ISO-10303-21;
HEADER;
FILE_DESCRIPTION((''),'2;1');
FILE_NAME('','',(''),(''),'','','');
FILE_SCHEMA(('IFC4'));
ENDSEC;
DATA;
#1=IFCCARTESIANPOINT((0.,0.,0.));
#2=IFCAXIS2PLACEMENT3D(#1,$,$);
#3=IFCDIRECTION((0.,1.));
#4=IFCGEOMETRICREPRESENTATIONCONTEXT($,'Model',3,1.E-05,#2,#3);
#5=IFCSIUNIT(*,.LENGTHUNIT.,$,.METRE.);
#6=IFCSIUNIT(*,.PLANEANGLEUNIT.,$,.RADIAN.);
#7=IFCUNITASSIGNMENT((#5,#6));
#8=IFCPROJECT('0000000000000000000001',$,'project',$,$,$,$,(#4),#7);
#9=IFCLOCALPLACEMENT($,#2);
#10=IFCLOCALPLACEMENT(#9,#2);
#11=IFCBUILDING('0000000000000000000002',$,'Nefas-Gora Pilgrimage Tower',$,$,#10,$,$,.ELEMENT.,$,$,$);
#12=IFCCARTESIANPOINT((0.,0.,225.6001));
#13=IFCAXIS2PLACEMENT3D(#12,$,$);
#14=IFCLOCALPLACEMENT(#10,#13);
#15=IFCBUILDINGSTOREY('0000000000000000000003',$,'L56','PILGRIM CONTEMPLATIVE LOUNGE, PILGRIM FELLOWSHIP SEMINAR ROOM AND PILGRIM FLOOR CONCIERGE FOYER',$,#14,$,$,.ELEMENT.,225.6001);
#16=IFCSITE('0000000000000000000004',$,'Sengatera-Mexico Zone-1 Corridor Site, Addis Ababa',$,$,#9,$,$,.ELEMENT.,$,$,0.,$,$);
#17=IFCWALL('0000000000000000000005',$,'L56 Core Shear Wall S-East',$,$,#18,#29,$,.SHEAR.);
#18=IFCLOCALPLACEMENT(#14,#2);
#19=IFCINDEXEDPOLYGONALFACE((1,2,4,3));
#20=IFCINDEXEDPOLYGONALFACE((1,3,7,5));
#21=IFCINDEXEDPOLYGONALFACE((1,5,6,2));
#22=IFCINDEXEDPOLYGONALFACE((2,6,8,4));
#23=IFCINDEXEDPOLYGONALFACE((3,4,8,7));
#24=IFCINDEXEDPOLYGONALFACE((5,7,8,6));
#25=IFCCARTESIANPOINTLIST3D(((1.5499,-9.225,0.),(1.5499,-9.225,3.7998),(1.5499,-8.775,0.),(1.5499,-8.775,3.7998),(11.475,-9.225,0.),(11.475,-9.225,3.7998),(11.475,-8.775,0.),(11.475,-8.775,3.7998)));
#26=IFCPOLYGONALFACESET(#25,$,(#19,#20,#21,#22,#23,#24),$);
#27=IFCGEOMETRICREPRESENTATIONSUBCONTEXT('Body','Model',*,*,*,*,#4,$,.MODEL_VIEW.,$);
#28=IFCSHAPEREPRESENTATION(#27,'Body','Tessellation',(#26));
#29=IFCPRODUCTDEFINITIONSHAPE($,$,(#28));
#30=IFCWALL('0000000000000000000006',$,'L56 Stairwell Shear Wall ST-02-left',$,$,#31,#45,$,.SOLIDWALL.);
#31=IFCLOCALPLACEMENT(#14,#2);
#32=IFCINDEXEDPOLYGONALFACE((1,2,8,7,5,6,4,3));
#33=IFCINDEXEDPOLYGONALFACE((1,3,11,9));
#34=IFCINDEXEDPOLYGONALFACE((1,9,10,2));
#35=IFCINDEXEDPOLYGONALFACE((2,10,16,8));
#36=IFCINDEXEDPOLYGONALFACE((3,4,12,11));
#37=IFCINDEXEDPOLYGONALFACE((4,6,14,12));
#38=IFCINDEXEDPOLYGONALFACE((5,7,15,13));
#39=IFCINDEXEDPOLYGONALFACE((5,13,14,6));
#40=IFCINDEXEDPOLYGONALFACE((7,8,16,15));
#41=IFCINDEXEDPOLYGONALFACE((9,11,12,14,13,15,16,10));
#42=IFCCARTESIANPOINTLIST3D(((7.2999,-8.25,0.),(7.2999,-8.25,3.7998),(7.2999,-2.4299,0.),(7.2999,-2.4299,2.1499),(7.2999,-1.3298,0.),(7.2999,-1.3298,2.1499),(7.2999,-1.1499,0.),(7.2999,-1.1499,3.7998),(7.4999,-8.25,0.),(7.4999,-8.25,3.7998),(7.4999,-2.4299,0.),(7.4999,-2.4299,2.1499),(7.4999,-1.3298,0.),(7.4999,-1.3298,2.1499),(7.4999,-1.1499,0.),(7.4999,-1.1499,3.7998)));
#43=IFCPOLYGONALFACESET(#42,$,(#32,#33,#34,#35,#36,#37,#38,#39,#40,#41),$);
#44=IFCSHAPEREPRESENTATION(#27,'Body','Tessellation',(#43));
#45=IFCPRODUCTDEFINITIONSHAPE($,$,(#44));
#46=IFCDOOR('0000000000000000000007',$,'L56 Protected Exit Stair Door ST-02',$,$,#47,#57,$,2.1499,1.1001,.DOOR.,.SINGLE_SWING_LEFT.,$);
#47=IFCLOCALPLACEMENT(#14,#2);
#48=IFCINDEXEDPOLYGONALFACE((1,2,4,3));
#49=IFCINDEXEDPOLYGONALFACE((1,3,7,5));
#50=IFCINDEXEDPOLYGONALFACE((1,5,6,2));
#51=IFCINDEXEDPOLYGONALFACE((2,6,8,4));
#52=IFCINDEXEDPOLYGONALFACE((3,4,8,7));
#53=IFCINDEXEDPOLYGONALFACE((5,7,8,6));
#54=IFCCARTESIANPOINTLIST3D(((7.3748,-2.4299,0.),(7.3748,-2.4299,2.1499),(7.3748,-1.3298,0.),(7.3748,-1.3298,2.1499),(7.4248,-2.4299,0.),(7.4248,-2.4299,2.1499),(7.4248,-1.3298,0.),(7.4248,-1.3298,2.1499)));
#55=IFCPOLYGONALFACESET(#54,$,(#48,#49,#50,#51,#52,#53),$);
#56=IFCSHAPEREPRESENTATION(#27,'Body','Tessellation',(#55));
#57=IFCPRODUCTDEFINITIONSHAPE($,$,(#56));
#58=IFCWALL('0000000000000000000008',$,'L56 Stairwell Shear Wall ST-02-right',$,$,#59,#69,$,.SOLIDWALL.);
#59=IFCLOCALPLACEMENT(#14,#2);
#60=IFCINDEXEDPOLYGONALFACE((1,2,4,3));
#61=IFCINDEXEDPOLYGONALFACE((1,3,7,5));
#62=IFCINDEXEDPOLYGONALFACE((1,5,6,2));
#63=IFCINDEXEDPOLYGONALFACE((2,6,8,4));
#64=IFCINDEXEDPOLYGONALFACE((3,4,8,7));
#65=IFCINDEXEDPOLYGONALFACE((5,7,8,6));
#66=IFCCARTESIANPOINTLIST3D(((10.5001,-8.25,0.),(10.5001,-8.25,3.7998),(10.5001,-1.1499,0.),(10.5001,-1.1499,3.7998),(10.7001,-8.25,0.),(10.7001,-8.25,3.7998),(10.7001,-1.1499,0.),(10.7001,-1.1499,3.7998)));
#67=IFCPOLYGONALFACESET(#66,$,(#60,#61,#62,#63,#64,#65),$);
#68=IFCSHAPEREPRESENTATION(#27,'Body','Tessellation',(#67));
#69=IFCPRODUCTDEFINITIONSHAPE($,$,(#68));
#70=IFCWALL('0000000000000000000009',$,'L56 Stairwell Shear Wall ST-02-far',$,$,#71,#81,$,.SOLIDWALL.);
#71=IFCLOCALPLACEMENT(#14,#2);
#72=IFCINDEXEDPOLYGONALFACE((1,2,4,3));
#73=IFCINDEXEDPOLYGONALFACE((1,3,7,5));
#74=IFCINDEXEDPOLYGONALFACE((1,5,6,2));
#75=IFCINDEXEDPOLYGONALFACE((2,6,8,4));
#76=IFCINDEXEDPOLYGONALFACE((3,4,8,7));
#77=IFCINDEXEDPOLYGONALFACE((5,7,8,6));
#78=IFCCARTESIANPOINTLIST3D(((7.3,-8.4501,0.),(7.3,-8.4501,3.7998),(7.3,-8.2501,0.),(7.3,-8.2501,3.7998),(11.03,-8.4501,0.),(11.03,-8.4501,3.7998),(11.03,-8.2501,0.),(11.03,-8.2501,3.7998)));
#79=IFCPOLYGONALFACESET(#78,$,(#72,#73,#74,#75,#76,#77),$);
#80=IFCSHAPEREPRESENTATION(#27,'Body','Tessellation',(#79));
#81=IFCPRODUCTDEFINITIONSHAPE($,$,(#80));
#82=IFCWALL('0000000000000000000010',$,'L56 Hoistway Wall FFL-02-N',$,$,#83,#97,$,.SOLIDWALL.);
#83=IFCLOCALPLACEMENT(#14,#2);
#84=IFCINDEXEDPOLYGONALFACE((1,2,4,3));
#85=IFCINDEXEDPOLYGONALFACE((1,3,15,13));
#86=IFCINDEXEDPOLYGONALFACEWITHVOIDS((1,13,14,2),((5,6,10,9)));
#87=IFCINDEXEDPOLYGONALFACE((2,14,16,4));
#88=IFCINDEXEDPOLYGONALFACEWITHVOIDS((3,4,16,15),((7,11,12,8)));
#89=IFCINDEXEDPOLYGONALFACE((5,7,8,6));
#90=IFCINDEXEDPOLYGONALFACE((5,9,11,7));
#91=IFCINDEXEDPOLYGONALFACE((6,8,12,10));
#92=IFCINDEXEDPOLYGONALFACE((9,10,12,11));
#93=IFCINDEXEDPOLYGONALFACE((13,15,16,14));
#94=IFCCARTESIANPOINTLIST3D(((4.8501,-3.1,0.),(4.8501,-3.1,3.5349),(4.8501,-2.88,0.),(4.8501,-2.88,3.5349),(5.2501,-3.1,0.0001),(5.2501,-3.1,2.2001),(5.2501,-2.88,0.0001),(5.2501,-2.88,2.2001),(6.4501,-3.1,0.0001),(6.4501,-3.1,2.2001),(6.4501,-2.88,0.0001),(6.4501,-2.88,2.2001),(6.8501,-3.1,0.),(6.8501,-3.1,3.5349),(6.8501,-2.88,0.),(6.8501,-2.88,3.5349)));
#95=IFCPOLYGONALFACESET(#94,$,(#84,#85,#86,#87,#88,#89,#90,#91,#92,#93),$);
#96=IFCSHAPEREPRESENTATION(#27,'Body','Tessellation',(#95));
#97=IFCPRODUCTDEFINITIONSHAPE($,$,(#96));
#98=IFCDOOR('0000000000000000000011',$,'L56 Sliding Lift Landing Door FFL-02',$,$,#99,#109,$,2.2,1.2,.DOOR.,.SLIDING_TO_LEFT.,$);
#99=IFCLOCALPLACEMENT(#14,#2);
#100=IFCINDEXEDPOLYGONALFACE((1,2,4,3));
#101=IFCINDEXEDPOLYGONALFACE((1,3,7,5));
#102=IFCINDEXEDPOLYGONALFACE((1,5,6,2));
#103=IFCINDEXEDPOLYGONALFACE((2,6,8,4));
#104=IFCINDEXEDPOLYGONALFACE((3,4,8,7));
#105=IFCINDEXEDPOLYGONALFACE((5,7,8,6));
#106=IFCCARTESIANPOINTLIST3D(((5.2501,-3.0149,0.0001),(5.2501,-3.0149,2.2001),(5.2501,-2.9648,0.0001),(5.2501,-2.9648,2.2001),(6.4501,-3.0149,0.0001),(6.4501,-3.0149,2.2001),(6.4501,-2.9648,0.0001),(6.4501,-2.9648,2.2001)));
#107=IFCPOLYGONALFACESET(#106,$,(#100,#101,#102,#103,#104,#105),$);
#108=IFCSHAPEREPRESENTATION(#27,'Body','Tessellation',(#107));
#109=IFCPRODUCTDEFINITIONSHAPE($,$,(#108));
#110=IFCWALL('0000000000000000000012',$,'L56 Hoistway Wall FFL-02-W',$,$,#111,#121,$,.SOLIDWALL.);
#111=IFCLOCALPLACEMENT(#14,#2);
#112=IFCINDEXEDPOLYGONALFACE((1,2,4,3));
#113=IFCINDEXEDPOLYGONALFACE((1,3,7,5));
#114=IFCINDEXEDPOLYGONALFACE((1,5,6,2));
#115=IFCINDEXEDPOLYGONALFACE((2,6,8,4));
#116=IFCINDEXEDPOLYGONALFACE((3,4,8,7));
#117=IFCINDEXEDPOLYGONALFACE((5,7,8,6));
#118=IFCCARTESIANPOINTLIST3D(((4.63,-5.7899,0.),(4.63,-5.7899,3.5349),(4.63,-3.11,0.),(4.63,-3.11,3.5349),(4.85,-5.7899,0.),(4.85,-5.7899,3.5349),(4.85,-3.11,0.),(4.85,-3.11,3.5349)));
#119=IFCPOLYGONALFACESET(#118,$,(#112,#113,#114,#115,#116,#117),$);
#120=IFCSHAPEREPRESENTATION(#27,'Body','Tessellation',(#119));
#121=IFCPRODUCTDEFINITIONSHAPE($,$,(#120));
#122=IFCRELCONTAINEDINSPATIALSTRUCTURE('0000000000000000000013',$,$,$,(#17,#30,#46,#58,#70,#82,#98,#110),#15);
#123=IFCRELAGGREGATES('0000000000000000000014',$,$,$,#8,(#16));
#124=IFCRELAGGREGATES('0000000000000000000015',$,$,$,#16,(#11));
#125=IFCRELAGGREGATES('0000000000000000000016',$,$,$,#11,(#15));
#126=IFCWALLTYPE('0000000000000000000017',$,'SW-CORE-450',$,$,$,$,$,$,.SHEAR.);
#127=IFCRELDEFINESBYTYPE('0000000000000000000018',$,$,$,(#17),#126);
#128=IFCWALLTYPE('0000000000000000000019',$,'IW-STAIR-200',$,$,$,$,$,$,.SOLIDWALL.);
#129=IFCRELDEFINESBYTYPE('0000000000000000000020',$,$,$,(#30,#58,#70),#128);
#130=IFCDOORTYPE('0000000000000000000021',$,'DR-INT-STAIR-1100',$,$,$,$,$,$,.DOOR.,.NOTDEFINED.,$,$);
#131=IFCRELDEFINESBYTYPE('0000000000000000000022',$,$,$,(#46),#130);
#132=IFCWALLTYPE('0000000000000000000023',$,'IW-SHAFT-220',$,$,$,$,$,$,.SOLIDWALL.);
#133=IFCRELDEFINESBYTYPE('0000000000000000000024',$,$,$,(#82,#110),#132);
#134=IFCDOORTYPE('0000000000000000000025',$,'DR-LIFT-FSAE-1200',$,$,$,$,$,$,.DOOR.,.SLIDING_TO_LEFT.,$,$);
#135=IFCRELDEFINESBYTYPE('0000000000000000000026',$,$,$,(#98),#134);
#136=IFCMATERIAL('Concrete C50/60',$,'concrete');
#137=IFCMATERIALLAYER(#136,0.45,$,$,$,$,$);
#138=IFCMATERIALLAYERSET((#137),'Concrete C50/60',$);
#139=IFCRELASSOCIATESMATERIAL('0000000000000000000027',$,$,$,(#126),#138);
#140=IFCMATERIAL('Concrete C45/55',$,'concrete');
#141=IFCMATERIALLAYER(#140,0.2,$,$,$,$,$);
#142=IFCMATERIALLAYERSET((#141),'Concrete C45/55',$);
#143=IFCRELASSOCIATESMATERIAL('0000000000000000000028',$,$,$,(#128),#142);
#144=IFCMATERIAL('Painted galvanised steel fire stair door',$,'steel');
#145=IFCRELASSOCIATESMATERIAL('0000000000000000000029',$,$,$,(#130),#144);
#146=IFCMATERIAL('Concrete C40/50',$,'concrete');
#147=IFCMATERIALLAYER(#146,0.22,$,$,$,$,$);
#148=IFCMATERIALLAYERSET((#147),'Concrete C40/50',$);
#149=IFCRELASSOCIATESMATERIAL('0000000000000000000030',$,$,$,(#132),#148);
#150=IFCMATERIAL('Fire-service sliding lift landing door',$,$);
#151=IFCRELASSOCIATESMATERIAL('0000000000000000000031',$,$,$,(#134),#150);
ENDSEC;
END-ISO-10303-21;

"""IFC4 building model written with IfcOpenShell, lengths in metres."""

from ifc_helpers import new_model, si_unit, direction, frame, frame_2d, origin, place, context, subcontext, project, spatial, rectangle, extrude, source, transform, mapped, material, layer, layer_set, type_object, element, fill, save


model = new_model("IFC4")

# Units and contexts
model_context = context("Model", 3, precision=1e-05, world=origin(), true_north=direction((0.0, 1.0)))
body_context = subcontext(model_context, "Body", "Model", "MODEL_VIEW")
ifc_project = project(units=[si_unit("LENGTHUNIT", "METRE"), si_unit("PLANEANGLEUNIT", "RADIAN")], contexts=[model_context])

# Site, building, storey
site_placement = place(None, origin())
site = spatial("IfcSite", under=ifc_project, at=site_placement, Name="Sengatera-Mexico Zone-1 Corridor Site, Addis Ababa", CompositionType="ELEMENT", RefElevation=0.0)
building_placement = place(site_placement, origin())
building = spatial("IfcBuilding", under=site, at=building_placement, Name="Nefas-Gora Pilgrimage Tower", CompositionType="ELEMENT")
storey_placement = place(building_placement, frame((0.0, 0.0, 225.6001)))
storey = spatial("IfcBuildingStorey", under=building, at=storey_placement, Name="L56", Description="PILGRIM CONTEMPLATIVE LOUNGE, PILGRIM FELLOWSHIP SEMINAR ROOM AND PILGRIM FLOOR CONCIERGE FOYER", CompositionType="ELEMENT", Elevation=225.6001)

# Wall
ifc_material_1 = material(Name="Concrete C50/60", Category="concrete")
ifc_layer_1 = layer(ifc_material_1, 0.45)
ifc_layer_set_1 = layer_set([ifc_layer_1], Name="Concrete C50/60")
wall_type_1 = type_object("IfcWallType", Name="SW-CORE-450", PredefinedType="SHEAR", material=ifc_layer_set_1)
shared_shape_1 = source(origin(), body_context, "Body", "SweptSolid", [
    extrude(rectangle(XDim=9.925, YDim=0.45, at=frame_2d((4.9624, 0.0))), origin(), (0.0, 0.0, 1.0), 3.7998),
])
wall_1_placement = place(storey_placement, frame((1.55, -9.0, 0.0), z_axis=(0.0, 0.0, 1.0), x_axis=(1.0, 0.0, 0.0)))
element("IfcWall", 1, at=wall_1_placement, inside=storey, type_object=wall_type_1, Name="L56 Core Shear Wall S-East", PredefinedType="SHEAR", context=body_context, shape_type="MappedRepresentation", body=[
    mapped(shared_shape_1, transform((0.0, 0.0, 0.0), x_axis=(1.0, 0.0, 0.0), y_axis=(0.0, 1.0, 0.0), z_axis=(0.0, 0.0, 1.0), scale=1.0)),
])

# Wall, opening, door
ifc_material_2 = material(Name="Concrete C45/55", Category="concrete")
ifc_layer_2 = layer(ifc_material_2, 0.2)
ifc_layer_set_2 = layer_set([ifc_layer_2], Name="Concrete C45/55")
wall_type_2 = type_object("IfcWallType", Name="IW-STAIR-200", PredefinedType="SOLIDWALL", material=ifc_layer_set_2)
shared_shape_2 = source(origin(), body_context, "Body", "SweptSolid", [
    extrude(rectangle(XDim=7.1001, YDim=0.2, at=frame_2d((3.55, 0.0))), origin(), (0.0, 0.0, 1.0), 3.7998),
])
wall_2_placement = place(storey_placement, frame((7.3999, -1.1499, 0.0), z_axis=(0.0, 0.0, 1.0), x_axis=(0.0, -1.0, 0.0)))
wall_2 = element("IfcWall", 2, at=wall_2_placement, inside=storey, type_object=wall_type_2, Name="L56 Stairwell Shear Wall ST-02-left", PredefinedType="SOLIDWALL", context=body_context, shape_type="MappedRepresentation", body=[
    mapped(shared_shape_2, transform((0.0, 0.0, 0.0), x_axis=(1.0, 0.0, 0.0), y_axis=(0.0, 1.0, 0.0), z_axis=(0.0, 0.0, 1.0), scale=1.0)),
])
opening_1_placement = place(wall_2_placement, frame((0.1799, 0.0, 0.0)))
opening_1 = element("IfcOpeningElement", 3, at=opening_1_placement, cuts=wall_2, PredefinedType="OPENING", context=body_context, shape_type="SweptSolid", body=[
    extrude(rectangle(XDim=1.1001, YDim=2.1499, at=frame_2d((0.55, 1.075))), frame((0.0, 0.1099, 0.0), z_axis=(0.0, -1.0, 0.0), x_axis=(1.0, 0.0, 0.0)), (0.0, 0.0, 1.0), 0.22),
])
ifc_material_3 = material(Name="Painted galvanised steel fire stair door", Category="steel")
door_type_1 = type_object("IfcDoorType", Name="DR-INT-STAIR-1100", OperationType="NOTDEFINED", PredefinedType="DOOR", material=ifc_material_3)
shared_shape_3 = source(origin(), body_context, "Body", "SweptSolid", [
    extrude(rectangle(XDim=1.1001, YDim=2.1499, at=frame_2d((0.55, 1.075))), frame((0.0, 0.0249, 0.0), z_axis=(0.0, -1.0, 0.0), x_axis=(1.0, 0.0, 0.0)), (0.0, 0.0, 1.0), 0.05),
])
door_1_placement = place(opening_1_placement, origin())
door_1 = element("IfcDoor", 4, at=door_1_placement, inside=storey, type_object=door_type_1, Name="L56 Protected Exit Stair Door ST-02", OperationType="SINGLE_SWING_LEFT", OverallHeight=2.1499, OverallWidth=1.1001, PredefinedType="DOOR", context=body_context, shape_type="MappedRepresentation", body=[
    mapped(shared_shape_3, transform((0.0, 0.0, 0.0), x_axis=(1.0, 0.0, 0.0), y_axis=(0.0, 1.0, 0.0), z_axis=(0.0, 0.0, 1.0), scale=1.0)),
])
fill(opening_1, door_1)

# Walls
wall_3_placement = place(storey_placement, frame((10.6001, -1.1499, 0.0), z_axis=(0.0, 0.0, 1.0), x_axis=(0.0, -1.0, 0.0)))
element("IfcWall", 5, at=wall_3_placement, inside=storey, type_object=wall_type_2, Name="L56 Stairwell Shear Wall ST-02-right", PredefinedType="SOLIDWALL", context=body_context, shape_type="MappedRepresentation", body=[
    mapped(shared_shape_2, transform((0.0, 0.0, 0.0), x_axis=(1.0, 0.0, 0.0), y_axis=(0.0, 1.0, 0.0), z_axis=(0.0, 0.0, 1.0), scale=1.0)),
])
shared_shape_4 = source(origin(), body_context, "Body", "SweptSolid", [
    extrude(rectangle(XDim=3.73, YDim=0.2, at=frame_2d((1.865, 0.0))), origin(), (0.0, 0.0, 1.0), 3.7998),
])
wall_4_placement = place(storey_placement, frame((7.3, -8.3501, 0.0), z_axis=(0.0, 0.0, 1.0), x_axis=(1.0, 0.0, 0.0)))
element("IfcWall", 6, at=wall_4_placement, inside=storey, type_object=wall_type_2, Name="L56 Stairwell Shear Wall ST-02-far", PredefinedType="SOLIDWALL", context=body_context, shape_type="MappedRepresentation", body=[
    mapped(shared_shape_4, transform((0.0, 0.0, 0.0), x_axis=(1.0, 0.0, 0.0), y_axis=(0.0, 1.0, 0.0), z_axis=(0.0, 0.0, 1.0), scale=1.0)),
])

# Wall, opening, door
ifc_material_4 = material(Name="Concrete C40/50", Category="concrete")
ifc_layer_3 = layer(ifc_material_4, 0.22)
ifc_layer_set_3 = layer_set([ifc_layer_3], Name="Concrete C40/50")
wall_type_3 = type_object("IfcWallType", Name="IW-SHAFT-220", PredefinedType="SOLIDWALL", material=ifc_layer_set_3)
shared_shape_5 = source(origin(), body_context, "Body", "SweptSolid", [
    extrude(rectangle(XDim=2.0, YDim=0.22, at=frame_2d((1.0, 0.0))), origin(), (0.0, 0.0, 1.0), 3.5349),
])
wall_5_placement = place(storey_placement, frame((6.8501, -2.99, 0.0), z_axis=(0.0, 0.0, 1.0), x_axis=(-1.0, 0.0, 0.0)))
wall_5 = element("IfcWall", 7, at=wall_5_placement, inside=storey, type_object=wall_type_3, Name="L56 Hoistway Wall FFL-02-N", PredefinedType="SOLIDWALL", context=body_context, shape_type="MappedRepresentation", body=[
    mapped(shared_shape_5, transform((0.0, 0.0, 0.0), x_axis=(1.0, 0.0, 0.0), y_axis=(0.0, 1.0, 0.0), z_axis=(0.0, 0.0, 1.0), scale=1.0)),
])
opening_2_placement = place(wall_5_placement, frame((0.3999, 0.0, 0.0)))
opening_2 = element("IfcOpeningElement", 8, at=opening_2_placement, cuts=wall_5, PredefinedType="OPENING", context=body_context, shape_type="SweptSolid", body=[
    extrude(rectangle(XDim=1.2, YDim=2.2, at=frame_2d((0.6001, 1.1001))), frame((0.0, 0.1199, 0.0), z_axis=(0.0, -1.0, 0.0), x_axis=(1.0, 0.0, 0.0)), (0.0, 0.0, 1.0), 0.24),
])
ifc_material_5 = material(Name="Fire-service sliding lift landing door")
door_type_2 = type_object("IfcDoorType", Name="DR-LIFT-FSAE-1200", OperationType="SLIDING_TO_LEFT", PredefinedType="DOOR", material=ifc_material_5)
shared_shape_6 = source(origin(), body_context, "Body", "SweptSolid", [
    extrude(rectangle(XDim=1.2, YDim=2.2, at=frame_2d((0.6001, 1.1001))), frame((0.0, 0.0249, 0.0), z_axis=(0.0, -1.0, 0.0), x_axis=(1.0, 0.0, 0.0)), (0.0, 0.0, 1.0), 0.05),
])
door_2_placement = place(opening_2_placement, origin())
door_2 = element("IfcDoor", 9, at=door_2_placement, inside=storey, type_object=door_type_2, Name="L56 Sliding Lift Landing Door FFL-02", OperationType="SLIDING_TO_LEFT", OverallHeight=2.2, OverallWidth=1.2, PredefinedType="DOOR", context=body_context, shape_type="MappedRepresentation", body=[
    mapped(shared_shape_6, transform((0.0, 0.0, 0.0), x_axis=(1.0, 0.0, 0.0), y_axis=(0.0, 1.0, 0.0), z_axis=(0.0, 0.0, 1.0), scale=1.0)),
])
fill(opening_2, door_2)

# Wall
shared_shape_7 = source(origin(), body_context, "Body", "SweptSolid", [
    extrude(rectangle(XDim=2.6799, YDim=0.22, at=frame_2d((1.3398, 0.0))), origin(), (0.0, 0.0, 1.0), 3.5349),
])
wall_6_placement = place(storey_placement, frame((4.74, -3.1101, 0.0), z_axis=(0.0, 0.0, 1.0), x_axis=(0.0, -1.0, 0.0)))
element("IfcWall", 10, at=wall_6_placement, inside=storey, type_object=wall_type_3, Name="L56 Hoistway Wall FFL-02-W", PredefinedType="SOLIDWALL", context=body_context, shape_type="MappedRepresentation", body=[
    mapped(shared_shape_7, transform((0.0, 0.0, 0.0), x_axis=(1.0, 0.0, 0.0), y_axis=(0.0, 1.0, 0.0), z_axis=(0.0, 0.0, 1.0), scale=1.0)),
])

save(model, "model.ifc")
